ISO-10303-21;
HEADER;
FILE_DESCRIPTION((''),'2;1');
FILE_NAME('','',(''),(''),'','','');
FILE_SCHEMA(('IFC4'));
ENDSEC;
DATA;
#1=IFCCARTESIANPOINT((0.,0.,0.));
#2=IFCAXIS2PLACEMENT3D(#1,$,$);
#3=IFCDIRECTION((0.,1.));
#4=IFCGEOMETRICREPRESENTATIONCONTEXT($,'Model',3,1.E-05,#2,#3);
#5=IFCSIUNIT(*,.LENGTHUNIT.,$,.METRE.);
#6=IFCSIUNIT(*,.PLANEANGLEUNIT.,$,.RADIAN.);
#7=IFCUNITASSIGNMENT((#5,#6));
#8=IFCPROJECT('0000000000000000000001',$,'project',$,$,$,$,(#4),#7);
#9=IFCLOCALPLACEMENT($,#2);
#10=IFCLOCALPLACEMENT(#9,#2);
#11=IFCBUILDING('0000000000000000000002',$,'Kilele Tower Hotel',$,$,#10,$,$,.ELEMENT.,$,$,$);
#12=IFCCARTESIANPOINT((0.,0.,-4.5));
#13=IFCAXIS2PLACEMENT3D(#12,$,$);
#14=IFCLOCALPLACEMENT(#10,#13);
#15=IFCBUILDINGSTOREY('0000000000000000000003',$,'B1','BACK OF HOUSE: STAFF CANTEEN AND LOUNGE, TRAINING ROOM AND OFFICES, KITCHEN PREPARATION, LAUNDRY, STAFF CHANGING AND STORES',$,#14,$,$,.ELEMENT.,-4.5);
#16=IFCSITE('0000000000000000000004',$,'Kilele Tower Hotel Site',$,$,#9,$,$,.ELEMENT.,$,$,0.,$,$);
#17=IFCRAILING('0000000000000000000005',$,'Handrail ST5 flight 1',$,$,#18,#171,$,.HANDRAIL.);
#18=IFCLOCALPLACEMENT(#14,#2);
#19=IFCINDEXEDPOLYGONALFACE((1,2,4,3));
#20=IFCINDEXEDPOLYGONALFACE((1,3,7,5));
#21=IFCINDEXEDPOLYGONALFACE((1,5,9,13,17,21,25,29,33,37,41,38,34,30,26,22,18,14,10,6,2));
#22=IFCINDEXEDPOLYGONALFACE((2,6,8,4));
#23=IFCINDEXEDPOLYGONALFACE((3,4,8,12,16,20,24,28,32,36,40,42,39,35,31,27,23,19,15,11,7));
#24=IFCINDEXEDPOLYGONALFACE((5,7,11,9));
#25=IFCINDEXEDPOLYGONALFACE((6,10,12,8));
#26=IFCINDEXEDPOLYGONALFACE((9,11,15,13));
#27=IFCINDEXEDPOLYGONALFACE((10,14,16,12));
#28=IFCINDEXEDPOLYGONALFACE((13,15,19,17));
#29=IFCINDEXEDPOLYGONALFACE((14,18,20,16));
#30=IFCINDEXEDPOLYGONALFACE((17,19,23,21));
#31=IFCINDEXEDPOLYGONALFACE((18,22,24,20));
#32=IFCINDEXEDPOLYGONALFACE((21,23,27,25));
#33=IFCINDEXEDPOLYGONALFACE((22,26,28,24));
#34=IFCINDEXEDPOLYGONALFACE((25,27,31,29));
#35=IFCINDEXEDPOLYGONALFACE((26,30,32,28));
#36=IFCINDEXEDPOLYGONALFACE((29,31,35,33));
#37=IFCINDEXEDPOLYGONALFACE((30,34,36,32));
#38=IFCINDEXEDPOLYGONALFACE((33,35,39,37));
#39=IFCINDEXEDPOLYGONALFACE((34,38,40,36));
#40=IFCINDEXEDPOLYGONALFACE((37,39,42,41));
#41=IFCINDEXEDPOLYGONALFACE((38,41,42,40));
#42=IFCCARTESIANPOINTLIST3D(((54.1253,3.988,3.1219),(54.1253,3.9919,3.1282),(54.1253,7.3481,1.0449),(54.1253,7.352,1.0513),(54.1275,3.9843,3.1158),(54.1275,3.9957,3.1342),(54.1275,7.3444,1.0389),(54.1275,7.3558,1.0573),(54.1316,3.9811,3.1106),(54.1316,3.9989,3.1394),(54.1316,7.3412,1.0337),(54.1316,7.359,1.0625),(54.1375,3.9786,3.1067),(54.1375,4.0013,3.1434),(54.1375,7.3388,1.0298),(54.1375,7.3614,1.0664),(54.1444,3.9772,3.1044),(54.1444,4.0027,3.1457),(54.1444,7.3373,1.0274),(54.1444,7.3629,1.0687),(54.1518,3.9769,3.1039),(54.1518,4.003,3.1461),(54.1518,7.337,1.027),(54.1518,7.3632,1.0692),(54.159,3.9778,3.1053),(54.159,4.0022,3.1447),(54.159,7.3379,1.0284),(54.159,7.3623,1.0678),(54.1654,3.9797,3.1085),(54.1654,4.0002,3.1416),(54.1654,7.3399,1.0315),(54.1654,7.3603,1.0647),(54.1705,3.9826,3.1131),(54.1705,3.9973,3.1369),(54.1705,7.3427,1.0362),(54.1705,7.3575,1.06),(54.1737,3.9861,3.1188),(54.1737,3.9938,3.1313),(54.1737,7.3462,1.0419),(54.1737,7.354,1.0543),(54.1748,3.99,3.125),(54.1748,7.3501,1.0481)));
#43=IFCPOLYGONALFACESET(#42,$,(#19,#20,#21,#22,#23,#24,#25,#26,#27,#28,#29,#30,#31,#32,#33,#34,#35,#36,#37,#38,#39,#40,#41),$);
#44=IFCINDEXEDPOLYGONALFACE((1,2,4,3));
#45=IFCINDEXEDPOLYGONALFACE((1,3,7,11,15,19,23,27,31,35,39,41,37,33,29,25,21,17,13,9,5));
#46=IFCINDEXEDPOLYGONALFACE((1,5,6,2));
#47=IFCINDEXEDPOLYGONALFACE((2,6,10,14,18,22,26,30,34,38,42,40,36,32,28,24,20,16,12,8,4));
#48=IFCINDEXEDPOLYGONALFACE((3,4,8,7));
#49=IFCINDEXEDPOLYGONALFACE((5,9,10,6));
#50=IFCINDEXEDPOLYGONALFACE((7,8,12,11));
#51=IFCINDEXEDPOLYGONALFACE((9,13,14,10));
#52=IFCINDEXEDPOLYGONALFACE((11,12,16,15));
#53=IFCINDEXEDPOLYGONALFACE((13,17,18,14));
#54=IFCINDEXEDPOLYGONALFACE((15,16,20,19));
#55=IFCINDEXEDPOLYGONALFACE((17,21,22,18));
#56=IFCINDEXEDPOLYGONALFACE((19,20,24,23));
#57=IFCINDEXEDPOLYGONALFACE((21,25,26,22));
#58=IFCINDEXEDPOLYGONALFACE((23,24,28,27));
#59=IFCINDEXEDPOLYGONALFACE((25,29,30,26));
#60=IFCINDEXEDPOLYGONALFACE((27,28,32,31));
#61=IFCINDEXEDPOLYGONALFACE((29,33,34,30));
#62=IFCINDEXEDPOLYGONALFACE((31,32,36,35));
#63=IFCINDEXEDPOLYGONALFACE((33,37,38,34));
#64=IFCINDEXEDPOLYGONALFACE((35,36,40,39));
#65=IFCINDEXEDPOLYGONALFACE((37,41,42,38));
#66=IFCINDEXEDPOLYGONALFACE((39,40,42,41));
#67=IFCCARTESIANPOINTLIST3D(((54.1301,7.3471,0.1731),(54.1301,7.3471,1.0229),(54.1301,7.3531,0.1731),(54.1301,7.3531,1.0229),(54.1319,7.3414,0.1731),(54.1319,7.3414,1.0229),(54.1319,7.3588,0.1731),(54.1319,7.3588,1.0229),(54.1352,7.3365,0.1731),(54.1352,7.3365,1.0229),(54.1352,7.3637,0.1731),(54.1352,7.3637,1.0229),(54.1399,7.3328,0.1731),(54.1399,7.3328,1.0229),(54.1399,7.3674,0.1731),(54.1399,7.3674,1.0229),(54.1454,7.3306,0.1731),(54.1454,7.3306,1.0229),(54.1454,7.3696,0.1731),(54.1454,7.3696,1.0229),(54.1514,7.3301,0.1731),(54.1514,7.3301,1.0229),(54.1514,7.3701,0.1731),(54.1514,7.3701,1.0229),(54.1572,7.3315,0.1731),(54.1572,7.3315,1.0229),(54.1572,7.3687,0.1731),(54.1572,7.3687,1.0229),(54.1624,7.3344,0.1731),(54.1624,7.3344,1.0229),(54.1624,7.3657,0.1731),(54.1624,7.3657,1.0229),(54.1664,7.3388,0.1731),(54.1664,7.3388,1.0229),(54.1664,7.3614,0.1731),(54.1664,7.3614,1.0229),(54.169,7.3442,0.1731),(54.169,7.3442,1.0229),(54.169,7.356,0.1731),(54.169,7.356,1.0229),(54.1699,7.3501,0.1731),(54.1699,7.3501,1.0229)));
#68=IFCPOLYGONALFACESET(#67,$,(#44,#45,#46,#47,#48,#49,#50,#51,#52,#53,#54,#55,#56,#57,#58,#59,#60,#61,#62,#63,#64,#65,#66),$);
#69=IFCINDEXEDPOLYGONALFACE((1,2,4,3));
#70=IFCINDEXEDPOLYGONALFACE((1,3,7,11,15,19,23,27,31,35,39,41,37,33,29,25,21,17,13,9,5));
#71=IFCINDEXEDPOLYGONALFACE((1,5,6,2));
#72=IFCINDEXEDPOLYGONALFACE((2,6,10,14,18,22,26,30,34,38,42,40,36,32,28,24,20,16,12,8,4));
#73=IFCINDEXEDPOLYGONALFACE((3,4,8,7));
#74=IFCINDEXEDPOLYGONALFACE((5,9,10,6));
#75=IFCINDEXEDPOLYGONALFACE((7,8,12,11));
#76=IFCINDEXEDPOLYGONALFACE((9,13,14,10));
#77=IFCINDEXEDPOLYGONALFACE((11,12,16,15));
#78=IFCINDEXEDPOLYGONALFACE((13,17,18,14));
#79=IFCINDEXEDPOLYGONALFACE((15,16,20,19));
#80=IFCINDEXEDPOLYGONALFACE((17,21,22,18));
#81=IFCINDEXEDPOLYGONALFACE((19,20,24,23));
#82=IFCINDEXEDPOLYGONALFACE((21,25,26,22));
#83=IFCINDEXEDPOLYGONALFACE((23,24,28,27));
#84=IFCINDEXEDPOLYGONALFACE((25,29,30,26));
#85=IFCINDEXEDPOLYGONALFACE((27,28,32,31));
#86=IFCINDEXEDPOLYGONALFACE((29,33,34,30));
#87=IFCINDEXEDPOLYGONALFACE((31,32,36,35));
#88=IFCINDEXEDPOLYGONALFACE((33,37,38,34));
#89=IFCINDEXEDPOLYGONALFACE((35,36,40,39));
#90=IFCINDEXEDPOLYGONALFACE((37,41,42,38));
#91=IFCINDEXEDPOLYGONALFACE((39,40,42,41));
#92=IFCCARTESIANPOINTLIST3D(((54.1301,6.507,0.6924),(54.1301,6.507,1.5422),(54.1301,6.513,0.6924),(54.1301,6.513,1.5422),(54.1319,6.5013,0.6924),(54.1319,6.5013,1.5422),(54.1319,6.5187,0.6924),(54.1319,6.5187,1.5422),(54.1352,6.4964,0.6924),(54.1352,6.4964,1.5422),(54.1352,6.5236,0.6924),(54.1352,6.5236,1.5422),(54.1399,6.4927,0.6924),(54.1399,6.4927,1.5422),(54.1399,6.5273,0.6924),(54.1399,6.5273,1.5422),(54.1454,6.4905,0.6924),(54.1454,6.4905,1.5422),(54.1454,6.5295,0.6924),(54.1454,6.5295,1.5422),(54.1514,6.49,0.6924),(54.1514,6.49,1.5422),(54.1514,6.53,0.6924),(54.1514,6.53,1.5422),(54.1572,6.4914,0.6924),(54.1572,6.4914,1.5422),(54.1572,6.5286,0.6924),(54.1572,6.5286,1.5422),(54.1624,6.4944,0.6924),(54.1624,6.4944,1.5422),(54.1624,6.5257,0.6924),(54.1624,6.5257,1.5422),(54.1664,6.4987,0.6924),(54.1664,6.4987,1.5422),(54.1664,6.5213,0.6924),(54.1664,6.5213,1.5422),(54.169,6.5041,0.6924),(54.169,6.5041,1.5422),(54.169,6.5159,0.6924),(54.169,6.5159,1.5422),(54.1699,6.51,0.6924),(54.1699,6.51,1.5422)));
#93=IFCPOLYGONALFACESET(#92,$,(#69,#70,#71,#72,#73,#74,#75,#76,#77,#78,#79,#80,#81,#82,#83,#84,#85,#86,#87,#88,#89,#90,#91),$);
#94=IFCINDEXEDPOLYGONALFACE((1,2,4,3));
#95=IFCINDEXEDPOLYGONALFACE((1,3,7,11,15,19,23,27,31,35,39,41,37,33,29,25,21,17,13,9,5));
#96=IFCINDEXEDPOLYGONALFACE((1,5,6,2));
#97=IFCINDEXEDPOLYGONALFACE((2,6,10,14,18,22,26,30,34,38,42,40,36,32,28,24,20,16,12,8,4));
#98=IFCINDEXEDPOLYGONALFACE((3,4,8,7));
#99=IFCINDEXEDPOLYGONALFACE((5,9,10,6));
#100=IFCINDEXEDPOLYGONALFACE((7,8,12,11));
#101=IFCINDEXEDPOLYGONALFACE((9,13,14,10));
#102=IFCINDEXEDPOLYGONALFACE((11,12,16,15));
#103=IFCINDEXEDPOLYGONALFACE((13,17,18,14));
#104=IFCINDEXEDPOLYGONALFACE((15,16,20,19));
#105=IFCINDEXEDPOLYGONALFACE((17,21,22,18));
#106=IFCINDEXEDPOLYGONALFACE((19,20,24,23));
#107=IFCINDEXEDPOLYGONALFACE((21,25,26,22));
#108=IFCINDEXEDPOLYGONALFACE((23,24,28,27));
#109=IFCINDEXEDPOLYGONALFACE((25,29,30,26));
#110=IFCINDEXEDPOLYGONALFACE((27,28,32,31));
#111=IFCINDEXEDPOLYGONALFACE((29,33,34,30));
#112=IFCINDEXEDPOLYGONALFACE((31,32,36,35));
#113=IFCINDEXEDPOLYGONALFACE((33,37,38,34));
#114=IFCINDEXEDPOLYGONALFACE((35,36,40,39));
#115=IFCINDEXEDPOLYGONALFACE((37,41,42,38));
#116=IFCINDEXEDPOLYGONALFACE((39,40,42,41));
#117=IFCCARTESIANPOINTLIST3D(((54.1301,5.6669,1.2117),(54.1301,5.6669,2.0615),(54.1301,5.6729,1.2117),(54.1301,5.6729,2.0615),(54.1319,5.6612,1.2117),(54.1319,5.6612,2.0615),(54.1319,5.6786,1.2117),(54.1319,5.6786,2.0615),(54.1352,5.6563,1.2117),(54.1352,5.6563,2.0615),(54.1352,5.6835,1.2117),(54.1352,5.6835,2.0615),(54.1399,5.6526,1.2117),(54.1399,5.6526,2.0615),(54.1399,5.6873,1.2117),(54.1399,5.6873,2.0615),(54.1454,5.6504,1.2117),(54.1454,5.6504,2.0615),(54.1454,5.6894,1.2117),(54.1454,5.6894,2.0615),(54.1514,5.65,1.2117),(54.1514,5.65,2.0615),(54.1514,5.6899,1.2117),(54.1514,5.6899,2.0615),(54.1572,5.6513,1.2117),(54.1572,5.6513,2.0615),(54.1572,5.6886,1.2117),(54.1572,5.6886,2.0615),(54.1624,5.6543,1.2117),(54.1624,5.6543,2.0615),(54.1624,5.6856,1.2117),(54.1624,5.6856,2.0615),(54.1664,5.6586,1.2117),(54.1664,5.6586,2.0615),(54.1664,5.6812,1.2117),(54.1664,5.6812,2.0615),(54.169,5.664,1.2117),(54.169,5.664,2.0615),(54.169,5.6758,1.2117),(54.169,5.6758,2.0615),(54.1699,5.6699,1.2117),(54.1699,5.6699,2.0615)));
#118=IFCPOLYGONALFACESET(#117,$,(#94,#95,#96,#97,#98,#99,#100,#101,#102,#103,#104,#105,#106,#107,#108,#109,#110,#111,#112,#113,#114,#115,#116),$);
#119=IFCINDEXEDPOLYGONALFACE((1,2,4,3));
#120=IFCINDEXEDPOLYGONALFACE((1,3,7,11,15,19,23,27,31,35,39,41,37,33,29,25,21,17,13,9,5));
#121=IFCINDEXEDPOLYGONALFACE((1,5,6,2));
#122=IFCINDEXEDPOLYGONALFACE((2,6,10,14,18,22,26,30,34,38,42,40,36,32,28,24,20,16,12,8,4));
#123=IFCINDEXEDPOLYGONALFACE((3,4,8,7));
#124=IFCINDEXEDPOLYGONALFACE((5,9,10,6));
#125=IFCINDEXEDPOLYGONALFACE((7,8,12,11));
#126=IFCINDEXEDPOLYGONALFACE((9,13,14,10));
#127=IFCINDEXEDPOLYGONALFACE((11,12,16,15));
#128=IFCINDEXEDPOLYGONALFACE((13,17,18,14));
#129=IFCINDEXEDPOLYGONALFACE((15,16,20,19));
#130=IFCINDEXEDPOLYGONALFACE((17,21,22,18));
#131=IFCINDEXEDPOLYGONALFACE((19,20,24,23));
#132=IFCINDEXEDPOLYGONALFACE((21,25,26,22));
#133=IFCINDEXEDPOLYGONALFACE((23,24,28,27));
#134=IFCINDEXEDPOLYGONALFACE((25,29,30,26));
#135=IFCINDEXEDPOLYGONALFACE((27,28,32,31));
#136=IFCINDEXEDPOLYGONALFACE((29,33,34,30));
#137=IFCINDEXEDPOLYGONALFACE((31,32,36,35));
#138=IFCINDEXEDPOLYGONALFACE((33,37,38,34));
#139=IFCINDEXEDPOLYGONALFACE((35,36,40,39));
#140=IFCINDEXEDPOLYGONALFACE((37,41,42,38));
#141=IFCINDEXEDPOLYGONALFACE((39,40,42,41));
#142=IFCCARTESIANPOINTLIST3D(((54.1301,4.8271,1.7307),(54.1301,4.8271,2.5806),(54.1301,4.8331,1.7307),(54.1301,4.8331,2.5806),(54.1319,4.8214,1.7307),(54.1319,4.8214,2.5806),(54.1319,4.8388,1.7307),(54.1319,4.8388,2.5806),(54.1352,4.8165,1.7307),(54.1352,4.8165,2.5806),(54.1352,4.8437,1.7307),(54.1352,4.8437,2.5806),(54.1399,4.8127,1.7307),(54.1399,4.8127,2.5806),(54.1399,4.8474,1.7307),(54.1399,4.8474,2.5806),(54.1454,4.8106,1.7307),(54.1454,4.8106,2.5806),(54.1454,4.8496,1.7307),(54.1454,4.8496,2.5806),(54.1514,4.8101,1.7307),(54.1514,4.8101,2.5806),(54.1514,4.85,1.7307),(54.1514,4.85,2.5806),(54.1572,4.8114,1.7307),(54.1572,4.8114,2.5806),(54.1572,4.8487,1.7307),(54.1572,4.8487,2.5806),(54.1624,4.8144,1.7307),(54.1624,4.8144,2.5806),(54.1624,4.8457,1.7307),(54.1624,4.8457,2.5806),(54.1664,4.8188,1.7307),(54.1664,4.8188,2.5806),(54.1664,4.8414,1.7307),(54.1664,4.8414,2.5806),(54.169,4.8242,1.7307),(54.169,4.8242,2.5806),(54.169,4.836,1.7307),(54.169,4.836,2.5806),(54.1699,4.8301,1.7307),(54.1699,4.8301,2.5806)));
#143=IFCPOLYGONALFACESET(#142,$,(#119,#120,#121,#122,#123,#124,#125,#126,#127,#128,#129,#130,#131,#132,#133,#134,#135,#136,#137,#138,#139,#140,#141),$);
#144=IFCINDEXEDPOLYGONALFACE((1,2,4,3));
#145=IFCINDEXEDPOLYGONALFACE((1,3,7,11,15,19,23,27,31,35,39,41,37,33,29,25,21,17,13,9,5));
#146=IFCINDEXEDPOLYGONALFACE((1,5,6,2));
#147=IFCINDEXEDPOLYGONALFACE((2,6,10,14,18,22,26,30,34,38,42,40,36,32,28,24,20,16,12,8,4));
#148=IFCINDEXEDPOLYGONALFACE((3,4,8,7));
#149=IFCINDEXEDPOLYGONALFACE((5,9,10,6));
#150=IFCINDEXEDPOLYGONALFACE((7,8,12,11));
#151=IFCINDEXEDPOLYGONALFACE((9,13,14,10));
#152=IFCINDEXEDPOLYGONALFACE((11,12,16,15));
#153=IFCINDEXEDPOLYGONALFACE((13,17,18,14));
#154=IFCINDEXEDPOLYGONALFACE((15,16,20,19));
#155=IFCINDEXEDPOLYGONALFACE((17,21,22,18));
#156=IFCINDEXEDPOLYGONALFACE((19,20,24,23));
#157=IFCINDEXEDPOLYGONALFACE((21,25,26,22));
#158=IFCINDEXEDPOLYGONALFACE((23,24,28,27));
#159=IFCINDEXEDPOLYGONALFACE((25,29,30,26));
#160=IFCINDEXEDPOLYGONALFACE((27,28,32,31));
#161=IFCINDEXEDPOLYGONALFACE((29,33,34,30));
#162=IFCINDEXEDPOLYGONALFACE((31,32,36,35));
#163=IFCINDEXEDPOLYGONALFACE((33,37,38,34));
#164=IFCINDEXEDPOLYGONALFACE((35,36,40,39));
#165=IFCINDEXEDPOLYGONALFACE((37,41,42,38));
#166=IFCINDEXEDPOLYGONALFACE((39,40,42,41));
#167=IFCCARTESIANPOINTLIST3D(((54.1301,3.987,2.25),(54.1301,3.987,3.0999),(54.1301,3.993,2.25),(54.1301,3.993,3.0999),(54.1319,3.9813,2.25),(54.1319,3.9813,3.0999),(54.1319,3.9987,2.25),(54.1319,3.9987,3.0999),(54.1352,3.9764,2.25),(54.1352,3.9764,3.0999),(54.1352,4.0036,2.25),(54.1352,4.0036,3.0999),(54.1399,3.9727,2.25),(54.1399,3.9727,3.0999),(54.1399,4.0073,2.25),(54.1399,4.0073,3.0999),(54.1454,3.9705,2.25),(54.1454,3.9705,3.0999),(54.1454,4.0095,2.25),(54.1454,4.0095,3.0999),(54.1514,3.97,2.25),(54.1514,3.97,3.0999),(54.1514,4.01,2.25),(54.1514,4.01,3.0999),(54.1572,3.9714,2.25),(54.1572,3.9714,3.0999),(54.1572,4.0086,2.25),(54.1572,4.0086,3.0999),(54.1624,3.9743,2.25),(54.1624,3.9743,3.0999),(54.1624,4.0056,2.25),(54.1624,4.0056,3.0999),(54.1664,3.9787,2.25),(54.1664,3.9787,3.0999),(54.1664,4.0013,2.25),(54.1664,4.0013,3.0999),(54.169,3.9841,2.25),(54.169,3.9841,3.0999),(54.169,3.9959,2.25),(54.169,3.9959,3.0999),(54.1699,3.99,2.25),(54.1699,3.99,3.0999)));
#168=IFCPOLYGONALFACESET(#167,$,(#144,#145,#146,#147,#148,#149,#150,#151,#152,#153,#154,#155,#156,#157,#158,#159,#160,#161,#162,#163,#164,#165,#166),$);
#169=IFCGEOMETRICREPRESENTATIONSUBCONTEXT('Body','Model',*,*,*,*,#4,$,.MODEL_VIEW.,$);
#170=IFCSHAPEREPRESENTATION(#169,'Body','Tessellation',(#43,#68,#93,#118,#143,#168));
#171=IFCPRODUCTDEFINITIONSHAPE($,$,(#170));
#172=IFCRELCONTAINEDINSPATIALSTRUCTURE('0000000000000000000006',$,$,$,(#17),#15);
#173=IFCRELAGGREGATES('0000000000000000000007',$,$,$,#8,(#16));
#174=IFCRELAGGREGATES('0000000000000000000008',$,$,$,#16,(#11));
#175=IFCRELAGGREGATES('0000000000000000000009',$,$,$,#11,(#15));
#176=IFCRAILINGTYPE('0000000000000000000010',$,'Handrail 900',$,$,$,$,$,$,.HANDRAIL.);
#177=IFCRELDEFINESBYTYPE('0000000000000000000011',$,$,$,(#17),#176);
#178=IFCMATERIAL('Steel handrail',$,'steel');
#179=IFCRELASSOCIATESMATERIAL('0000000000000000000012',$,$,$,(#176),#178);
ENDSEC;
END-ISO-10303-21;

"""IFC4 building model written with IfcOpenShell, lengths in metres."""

from ifc_helpers import new_model, si_unit, direction, frame, origin, origin_2d, place, context, subcontext, project, spatial, circle, extrude, material, type_object, element, save


model = new_model("IFC4")

# Units and contexts
model_context = context("Model", 3, precision=1e-05, world=origin(), true_north=direction((0.0, 1.0)))
body_context = subcontext(model_context, "Body", "Model", "MODEL_VIEW")
ifc_project = project(units=[si_unit("LENGTHUNIT", "METRE"), si_unit("PLANEANGLEUNIT", "RADIAN")], contexts=[model_context])

# Site, building, storey
site_placement = place(None, origin())
site = spatial("IfcSite", under=ifc_project, at=site_placement, Name="Kilele Tower Hotel Site", CompositionType="ELEMENT", RefElevation=0.0)
building_placement = place(site_placement, origin())
building = spatial("IfcBuilding", under=site, at=building_placement, Name="Kilele Tower Hotel", CompositionType="ELEMENT")
storey_placement = place(building_placement, frame((0.0, 0.0, -4.5)))
storey = spatial("IfcBuildingStorey", under=building, at=storey_placement, Name="B1", Description="BACK OF HOUSE: STAFF CANTEEN AND LOUNGE, TRAINING ROOM AND OFFICES, KITCHEN PREPARATION, LAUNDRY, STAFF CHANGING AND STORES", CompositionType="ELEMENT", Elevation=-4.5)

# Railing
ifc_material_1 = material(Name="Steel handrail", Category="steel")
railing_type_1 = type_object("IfcRailingType", Name="Handrail 900", PredefinedType="HANDRAIL", material=ifc_material_1)
for number, where, name in (
    (1, (54.1499, 7.3501, 0.1731), "Handrail ST5 flight 1"),
):
    element("IfcRailing", number, at=place(storey_placement, frame(where)), inside=storey, type_object=railing_type_1, Name=name, PredefinedType="HANDRAIL", context=body_context, shape_type="SweptSolid", body=[
        extrude(circle(Radius=0.0249, at=origin_2d()), frame((0.0, 0.0, 0.875), z_axis=(0.0, -0.850623, 0.525776), x_axis=(1.0, 0.0, 0.0)), (0.0, 0.0, 1.0), 3.9502),
        extrude(circle(Radius=0.02, at=origin_2d()), origin(), (0.0, 0.0, 1.0), 0.8499),
        extrude(circle(Radius=0.02, at=origin_2d()), frame((0.0, -0.8401, 0.5193)), (0.0, 0.0, 1.0), 0.8499),
        extrude(circle(Radius=0.02, at=origin_2d()), frame((0.0, -1.6802, 1.0386)), (0.0, 0.0, 1.0), 0.8499),
        extrude(circle(Radius=0.02, at=origin_2d()), frame((0.0, -2.52, 1.5576)), (0.0, 0.0, 1.0), 0.8499),
        extrude(circle(Radius=0.02, at=origin_2d()), frame((0.0, -3.3601, 2.0769)), (0.0, 0.0, 1.0), 0.8499),
    ])

save(model, "model.ifc")
